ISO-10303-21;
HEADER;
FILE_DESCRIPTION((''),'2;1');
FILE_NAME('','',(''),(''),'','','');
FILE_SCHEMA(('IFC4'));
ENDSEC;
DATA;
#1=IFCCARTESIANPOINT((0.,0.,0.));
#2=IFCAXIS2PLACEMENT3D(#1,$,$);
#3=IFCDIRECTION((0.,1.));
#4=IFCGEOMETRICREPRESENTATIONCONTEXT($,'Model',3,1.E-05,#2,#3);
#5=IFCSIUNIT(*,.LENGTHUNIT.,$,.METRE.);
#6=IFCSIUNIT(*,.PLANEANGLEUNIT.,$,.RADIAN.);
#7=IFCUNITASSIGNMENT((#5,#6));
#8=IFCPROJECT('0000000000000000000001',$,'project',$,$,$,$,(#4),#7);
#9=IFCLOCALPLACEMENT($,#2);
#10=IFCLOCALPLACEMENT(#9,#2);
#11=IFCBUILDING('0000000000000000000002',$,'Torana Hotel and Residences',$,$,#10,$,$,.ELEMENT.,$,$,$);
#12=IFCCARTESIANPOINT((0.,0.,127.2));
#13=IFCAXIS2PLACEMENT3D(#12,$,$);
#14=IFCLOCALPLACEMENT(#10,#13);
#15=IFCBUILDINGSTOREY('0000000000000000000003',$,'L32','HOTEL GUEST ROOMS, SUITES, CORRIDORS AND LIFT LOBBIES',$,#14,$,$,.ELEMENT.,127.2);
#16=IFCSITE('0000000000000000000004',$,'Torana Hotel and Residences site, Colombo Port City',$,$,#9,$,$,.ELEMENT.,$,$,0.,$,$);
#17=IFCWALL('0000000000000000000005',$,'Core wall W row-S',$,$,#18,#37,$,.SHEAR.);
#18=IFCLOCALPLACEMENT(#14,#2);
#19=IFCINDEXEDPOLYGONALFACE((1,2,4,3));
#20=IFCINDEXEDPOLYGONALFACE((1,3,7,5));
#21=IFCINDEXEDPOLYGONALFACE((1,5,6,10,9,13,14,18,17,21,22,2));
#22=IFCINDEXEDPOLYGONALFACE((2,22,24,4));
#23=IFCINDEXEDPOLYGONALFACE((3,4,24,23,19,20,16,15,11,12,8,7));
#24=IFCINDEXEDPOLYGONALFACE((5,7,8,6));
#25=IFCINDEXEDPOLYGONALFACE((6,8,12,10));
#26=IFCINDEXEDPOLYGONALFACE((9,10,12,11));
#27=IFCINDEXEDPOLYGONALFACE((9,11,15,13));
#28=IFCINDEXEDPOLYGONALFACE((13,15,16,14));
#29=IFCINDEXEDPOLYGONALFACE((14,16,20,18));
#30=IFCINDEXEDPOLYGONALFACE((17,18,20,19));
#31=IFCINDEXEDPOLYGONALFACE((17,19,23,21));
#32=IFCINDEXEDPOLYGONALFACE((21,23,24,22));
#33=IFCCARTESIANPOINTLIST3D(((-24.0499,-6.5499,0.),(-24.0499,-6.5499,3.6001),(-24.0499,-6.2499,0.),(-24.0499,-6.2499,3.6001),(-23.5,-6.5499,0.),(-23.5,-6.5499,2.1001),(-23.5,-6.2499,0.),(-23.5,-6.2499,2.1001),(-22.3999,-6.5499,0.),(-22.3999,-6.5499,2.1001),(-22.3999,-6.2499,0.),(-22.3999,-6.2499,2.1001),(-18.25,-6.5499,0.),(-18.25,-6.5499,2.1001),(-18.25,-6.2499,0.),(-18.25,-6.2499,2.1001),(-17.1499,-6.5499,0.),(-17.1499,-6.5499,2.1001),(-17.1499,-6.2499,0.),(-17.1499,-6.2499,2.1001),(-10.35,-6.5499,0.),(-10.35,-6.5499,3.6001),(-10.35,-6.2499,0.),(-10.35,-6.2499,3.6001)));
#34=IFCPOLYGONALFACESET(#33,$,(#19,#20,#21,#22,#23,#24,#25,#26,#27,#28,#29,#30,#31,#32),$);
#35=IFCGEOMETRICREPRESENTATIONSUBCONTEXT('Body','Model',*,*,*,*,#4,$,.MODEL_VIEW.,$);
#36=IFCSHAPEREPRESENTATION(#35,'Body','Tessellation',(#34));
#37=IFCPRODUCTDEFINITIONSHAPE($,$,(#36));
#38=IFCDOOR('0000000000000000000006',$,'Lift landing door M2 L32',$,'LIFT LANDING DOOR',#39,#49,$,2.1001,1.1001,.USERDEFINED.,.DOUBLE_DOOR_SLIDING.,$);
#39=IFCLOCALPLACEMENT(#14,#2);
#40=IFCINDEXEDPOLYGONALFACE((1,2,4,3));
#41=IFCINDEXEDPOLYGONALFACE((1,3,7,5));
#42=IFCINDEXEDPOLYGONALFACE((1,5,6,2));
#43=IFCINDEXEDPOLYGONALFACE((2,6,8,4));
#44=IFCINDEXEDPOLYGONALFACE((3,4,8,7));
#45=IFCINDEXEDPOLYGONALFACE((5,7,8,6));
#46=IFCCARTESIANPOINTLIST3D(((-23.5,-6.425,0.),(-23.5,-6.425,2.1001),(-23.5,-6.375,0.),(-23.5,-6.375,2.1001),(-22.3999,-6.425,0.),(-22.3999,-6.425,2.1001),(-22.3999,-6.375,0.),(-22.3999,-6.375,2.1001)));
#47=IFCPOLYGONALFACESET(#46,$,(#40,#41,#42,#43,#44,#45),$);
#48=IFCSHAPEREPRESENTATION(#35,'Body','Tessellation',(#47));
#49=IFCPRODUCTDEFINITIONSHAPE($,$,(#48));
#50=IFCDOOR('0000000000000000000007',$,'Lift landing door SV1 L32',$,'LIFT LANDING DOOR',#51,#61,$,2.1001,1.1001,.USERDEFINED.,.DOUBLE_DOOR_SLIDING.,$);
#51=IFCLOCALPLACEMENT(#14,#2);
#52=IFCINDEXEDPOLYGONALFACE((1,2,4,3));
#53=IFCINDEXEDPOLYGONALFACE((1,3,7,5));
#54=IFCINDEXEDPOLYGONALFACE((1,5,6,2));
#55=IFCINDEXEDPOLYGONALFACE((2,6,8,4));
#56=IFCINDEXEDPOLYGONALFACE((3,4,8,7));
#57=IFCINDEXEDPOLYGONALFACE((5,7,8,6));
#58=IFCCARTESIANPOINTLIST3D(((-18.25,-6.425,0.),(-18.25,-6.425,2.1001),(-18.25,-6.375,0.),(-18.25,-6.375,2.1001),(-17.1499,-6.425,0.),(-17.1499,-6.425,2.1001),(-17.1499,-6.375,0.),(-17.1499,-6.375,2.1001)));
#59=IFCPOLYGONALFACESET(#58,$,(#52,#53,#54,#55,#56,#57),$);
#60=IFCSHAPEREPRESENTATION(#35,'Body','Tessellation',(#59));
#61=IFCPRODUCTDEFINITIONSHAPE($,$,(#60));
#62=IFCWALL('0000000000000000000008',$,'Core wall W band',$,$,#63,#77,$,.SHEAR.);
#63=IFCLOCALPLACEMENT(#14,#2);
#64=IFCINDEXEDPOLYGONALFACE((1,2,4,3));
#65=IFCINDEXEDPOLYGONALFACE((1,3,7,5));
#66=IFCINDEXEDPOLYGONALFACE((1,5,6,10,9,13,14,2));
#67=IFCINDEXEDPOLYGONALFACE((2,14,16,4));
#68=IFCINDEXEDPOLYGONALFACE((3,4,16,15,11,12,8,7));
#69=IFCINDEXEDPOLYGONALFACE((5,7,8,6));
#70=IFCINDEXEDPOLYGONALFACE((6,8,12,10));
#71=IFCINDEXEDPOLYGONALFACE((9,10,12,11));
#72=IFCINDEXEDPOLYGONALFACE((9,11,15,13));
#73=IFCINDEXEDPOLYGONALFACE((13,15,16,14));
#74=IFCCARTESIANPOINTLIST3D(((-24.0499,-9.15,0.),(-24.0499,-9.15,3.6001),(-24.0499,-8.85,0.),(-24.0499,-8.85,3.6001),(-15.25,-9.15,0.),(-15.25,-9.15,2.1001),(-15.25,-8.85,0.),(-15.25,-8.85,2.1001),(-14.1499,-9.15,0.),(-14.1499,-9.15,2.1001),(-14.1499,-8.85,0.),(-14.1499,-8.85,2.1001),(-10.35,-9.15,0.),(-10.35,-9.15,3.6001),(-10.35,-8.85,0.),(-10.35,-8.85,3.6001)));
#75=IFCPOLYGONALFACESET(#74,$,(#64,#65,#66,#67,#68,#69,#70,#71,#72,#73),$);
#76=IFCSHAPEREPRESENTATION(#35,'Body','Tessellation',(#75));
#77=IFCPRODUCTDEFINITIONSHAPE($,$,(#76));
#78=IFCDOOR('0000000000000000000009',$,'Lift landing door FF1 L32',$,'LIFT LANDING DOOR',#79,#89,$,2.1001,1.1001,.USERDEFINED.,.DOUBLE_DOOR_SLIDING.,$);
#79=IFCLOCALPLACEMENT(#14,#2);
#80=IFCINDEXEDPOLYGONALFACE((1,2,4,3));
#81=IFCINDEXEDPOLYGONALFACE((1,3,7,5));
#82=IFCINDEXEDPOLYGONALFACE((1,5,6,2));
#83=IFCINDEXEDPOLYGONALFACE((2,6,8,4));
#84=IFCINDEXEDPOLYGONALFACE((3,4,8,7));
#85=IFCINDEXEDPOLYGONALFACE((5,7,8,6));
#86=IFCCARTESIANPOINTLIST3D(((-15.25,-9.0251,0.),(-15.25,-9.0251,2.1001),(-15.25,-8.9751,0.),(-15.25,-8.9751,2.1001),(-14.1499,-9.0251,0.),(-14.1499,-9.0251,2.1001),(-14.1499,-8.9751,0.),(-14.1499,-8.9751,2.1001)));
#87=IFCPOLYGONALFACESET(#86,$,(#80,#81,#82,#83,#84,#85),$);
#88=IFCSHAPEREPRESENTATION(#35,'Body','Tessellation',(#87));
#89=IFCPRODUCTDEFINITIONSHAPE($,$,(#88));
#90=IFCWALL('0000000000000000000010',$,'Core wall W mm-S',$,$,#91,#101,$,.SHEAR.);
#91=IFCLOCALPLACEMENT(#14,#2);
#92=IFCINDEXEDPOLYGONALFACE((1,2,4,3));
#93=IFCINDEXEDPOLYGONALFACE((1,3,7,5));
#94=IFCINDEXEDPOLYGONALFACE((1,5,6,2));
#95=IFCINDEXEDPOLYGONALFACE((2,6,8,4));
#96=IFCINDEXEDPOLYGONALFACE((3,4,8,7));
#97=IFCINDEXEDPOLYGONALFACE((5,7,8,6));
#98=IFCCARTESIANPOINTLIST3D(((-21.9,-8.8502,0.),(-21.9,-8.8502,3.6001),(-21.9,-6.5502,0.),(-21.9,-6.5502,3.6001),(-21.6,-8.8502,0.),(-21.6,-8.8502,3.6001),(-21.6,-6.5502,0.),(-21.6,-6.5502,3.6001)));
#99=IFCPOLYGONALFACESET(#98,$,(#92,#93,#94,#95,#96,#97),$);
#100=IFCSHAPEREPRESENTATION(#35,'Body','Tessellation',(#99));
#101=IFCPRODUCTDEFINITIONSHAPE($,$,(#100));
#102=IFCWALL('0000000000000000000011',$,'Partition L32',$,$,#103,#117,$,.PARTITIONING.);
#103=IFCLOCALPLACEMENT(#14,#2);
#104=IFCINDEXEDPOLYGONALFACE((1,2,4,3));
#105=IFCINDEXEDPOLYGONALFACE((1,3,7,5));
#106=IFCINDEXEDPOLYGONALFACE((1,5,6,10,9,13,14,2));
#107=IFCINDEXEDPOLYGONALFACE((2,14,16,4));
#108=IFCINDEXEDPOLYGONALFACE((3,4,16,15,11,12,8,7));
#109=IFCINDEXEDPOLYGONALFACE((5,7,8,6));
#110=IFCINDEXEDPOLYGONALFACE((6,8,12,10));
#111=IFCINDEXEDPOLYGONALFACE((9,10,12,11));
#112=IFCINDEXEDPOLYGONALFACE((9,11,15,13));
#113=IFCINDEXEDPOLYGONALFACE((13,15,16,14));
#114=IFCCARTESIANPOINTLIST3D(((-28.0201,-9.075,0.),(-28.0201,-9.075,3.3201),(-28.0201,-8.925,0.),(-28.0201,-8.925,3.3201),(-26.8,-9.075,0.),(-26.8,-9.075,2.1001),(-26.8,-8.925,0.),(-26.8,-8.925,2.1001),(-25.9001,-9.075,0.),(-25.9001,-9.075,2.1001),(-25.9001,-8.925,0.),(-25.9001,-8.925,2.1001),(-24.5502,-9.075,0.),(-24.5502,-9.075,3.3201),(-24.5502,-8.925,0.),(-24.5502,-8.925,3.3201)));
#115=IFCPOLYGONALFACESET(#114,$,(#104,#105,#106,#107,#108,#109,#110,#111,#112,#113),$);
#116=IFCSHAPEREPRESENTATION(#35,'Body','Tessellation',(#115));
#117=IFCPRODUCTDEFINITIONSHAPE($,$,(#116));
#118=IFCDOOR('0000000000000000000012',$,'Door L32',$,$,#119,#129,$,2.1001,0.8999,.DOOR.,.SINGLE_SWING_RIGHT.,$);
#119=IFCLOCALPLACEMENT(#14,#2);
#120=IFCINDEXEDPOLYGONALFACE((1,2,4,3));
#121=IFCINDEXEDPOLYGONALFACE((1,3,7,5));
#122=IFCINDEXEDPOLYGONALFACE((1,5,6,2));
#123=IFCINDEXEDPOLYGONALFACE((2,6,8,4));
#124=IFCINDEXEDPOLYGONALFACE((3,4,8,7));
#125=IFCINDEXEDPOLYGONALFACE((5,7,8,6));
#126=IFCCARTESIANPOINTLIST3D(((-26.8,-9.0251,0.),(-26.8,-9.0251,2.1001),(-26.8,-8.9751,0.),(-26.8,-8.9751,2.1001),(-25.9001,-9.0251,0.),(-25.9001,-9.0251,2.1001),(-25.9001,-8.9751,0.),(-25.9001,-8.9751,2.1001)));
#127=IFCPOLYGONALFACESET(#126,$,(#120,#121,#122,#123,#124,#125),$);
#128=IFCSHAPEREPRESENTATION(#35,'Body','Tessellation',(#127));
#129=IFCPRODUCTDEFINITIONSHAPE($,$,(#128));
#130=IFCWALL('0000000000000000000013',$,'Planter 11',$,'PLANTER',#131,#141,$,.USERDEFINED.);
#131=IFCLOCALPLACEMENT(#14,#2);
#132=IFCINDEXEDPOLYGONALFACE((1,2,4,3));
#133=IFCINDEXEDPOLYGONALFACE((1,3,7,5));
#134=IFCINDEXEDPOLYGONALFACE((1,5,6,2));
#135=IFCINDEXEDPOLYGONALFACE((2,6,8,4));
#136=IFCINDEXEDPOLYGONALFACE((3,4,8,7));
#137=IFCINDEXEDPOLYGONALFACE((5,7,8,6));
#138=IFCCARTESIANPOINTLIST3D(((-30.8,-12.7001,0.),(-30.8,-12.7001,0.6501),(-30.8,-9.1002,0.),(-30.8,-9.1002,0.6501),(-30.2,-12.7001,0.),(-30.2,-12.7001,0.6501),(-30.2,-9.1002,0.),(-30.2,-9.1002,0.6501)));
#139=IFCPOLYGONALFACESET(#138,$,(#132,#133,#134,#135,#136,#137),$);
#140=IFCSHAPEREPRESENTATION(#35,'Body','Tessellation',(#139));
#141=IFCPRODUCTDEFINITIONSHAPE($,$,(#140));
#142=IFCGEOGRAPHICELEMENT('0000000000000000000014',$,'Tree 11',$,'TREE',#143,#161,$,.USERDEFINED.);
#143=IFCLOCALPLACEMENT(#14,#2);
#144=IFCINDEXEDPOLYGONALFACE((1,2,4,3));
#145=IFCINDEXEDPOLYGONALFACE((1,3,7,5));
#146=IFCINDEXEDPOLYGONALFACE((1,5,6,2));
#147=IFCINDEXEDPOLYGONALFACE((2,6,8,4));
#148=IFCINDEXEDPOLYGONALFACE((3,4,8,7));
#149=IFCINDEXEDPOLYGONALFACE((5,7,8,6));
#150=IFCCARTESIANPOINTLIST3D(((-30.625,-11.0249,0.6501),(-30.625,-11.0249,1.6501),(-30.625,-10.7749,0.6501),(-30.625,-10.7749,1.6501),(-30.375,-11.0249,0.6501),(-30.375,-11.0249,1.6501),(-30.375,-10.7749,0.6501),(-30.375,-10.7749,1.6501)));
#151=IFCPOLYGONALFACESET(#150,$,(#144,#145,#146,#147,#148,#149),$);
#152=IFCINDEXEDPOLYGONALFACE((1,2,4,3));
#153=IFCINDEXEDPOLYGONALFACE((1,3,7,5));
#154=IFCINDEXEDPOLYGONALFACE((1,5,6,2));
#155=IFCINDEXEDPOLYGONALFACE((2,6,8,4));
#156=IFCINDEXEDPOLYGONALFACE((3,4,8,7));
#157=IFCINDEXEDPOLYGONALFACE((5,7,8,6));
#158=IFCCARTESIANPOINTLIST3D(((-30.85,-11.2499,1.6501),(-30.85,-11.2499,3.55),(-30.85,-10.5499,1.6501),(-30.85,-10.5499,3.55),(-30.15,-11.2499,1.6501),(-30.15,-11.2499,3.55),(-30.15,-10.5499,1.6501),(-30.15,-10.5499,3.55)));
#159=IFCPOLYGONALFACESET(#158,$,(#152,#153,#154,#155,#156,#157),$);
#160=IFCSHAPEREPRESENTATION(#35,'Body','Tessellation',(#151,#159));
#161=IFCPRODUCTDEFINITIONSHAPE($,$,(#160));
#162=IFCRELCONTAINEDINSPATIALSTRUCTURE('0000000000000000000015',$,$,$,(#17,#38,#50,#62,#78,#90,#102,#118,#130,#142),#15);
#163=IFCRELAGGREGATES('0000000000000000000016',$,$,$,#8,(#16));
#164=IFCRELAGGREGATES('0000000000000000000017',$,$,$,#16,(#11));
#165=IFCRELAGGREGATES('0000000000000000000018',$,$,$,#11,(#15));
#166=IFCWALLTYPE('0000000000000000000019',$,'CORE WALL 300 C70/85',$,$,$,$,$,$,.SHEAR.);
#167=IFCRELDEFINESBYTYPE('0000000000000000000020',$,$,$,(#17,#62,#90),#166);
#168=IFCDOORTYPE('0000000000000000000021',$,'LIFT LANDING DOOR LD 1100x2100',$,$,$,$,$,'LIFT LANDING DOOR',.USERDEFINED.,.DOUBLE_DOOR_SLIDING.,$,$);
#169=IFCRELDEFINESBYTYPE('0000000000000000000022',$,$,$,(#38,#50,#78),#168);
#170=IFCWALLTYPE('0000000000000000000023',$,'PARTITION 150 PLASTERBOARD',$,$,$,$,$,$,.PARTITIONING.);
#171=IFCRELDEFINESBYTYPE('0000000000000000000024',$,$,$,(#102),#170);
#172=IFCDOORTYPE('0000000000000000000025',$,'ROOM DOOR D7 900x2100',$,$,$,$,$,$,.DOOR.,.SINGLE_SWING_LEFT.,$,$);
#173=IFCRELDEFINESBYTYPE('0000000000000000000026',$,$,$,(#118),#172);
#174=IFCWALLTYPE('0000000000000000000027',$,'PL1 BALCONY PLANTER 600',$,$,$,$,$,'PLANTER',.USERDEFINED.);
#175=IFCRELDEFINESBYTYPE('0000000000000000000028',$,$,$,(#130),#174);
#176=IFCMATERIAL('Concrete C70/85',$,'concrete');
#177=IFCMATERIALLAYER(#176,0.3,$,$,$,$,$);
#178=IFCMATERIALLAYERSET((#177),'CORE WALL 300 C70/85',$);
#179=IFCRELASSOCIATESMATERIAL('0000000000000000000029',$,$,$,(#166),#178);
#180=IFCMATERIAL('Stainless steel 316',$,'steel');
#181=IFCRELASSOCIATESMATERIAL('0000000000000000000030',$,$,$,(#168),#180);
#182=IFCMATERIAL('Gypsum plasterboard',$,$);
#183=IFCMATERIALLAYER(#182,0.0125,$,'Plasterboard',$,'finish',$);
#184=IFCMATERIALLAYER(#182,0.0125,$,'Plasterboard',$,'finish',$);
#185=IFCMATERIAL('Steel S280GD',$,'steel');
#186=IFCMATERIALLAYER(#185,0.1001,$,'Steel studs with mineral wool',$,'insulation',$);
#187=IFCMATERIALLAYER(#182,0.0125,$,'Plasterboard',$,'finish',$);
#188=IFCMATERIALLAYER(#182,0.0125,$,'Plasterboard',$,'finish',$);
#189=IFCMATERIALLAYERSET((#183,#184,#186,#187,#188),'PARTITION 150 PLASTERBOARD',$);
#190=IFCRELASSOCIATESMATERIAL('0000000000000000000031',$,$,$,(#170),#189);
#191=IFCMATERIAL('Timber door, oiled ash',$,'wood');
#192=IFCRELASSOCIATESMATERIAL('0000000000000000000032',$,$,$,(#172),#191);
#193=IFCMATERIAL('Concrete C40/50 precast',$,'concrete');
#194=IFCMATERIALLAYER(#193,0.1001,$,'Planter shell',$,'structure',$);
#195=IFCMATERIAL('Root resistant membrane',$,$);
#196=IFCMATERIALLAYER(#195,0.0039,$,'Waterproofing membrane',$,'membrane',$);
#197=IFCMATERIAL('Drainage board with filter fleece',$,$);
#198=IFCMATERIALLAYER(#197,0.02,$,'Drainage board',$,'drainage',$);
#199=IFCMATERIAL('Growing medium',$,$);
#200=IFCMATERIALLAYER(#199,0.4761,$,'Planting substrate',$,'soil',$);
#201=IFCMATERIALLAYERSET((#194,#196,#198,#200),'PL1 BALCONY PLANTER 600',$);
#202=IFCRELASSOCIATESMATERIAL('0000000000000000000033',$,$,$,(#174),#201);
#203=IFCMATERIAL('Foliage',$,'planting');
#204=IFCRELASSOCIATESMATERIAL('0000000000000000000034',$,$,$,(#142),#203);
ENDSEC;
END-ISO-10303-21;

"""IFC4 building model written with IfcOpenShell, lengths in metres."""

from ifc_helpers import new_model, si_unit, direction, frame, frame_2d, origin, origin_2d, place, context, subcontext, project, spatial, rectangle, extrude, material, layer, layer_set, type_object, element, fill, save


model = new_model("IFC4")

# Units and contexts
model_context = context("Model", 3, precision=1e-05, world=origin(), true_north=direction((0.0, 1.0)))
body_context = subcontext(model_context, "Body", "Model", "MODEL_VIEW")
ifc_project = project(units=[si_unit("LENGTHUNIT", "METRE"), si_unit("PLANEANGLEUNIT", "RADIAN")], contexts=[model_context])

# Site, building, storey
site_placement = place(None, origin())
site = spatial("IfcSite", under=ifc_project, at=site_placement, Name="Torana Hotel and Residences site, Colombo Port City", CompositionType="ELEMENT", RefElevation=0.0)
building_placement = place(site_placement, origin())
building = spatial("IfcBuilding", under=site, at=building_placement, Name="Torana Hotel and Residences", CompositionType="ELEMENT")
storey_placement = place(building_placement, frame((0.0, 0.0, 127.2)))
storey = spatial("IfcBuildingStorey", under=building, at=storey_placement, Name="L32", Description="HOTEL GUEST ROOMS, SUITES, CORRIDORS AND LIFT LOBBIES", CompositionType="ELEMENT", Elevation=127.2)

# Wall, openings, doors
ifc_material_1 = material(Name="Concrete C70/85", Category="concrete")
ifc_layer_1 = layer(ifc_material_1, 0.3)
ifc_layer_set_1 = layer_set([ifc_layer_1], Name="CORE WALL 300 C70/85")
wall_type_1 = type_object("IfcWallType", Name="CORE WALL 300 C70/85", PredefinedType="SHEAR", material=ifc_layer_set_1)
wall_1_placement = place(storey_placement, frame((-24.05, -6.3999, 0.0), z_axis=(0.0, 0.0, 1.0), x_axis=(1.0, 0.0, 0.0)))
wall_1 = element("IfcWall", 1, at=wall_1_placement, inside=storey, type_object=wall_type_1, Name="Core wall W row-S", PredefinedType="SHEAR", context=body_context, shape_type="SweptSolid", body=[
    extrude(rectangle(XDim=13.7, YDim=0.3, at=frame_2d((6.8501, 0.0))), origin(), (0.0, 0.0, 1.0), 3.6001),
])
opening_1_placement = place(wall_1_placement, frame((0.55, 0.0, 0.0)))
opening_1 = element("IfcOpeningElement", 2, at=opening_1_placement, cuts=wall_1, PredefinedType="OPENING", context=body_context, shape_type="SweptSolid", body=[
    extrude(rectangle(XDim=1.1001, YDim=2.1001, at=frame_2d((0.55, 1.05))), frame((0.0, 0.1599, 0.0), z_axis=(0.0, -1.0, 0.0), x_axis=(1.0, 0.0, 0.0)), (0.0, 0.0, 1.0), 0.3201),
])
opening_2_placement = place(wall_1_placement, frame((5.8, 0.0, 0.0)))
opening_2 = element("IfcOpeningElement", 3, at=opening_2_placement, cuts=wall_1, PredefinedType="OPENING", context=body_context, shape_type="SweptSolid", body=[
    extrude(rectangle(XDim=1.1001, YDim=2.1001, at=frame_2d((0.55, 1.05))), frame((0.0, 0.1599, 0.0), z_axis=(0.0, -1.0, 0.0), x_axis=(1.0, 0.0, 0.0)), (0.0, 0.0, 1.0), 0.3201),
])
ifc_material_2 = material(Name="Stainless steel 316", Category="steel")
door_type_1 = type_object("IfcDoorType", Name="LIFT LANDING DOOR LD 1100x2100", ElementType="LIFT LANDING DOOR", OperationType="DOUBLE_DOOR_SLIDING", PredefinedType="USERDEFINED", material=ifc_material_2)
door_1_placement = place(opening_1_placement, origin())
door_1 = element("IfcDoor", 4, at=door_1_placement, inside=storey, type_object=door_type_1, Name="Lift landing door M2 L32", ObjectType="LIFT LANDING DOOR", OperationType="DOUBLE_DOOR_SLIDING", OverallHeight=2.1001, OverallWidth=1.1001, PredefinedType="USERDEFINED", context=body_context, shape_type="SweptSolid", body=[
    extrude(rectangle(XDim=1.1001, YDim=2.1001, at=frame_2d((0.55, 1.05))), frame((0.0, 0.0249, 0.0), z_axis=(0.0, -1.0, 0.0), x_axis=(1.0, 0.0, 0.0)), (0.0, 0.0, 1.0), 0.05),
])
fill(opening_1, door_1)
door_2_placement = place(opening_2_placement, origin())
door_2 = element("IfcDoor", 5, at=door_2_placement, inside=storey, type_object=door_type_1, Name="Lift landing door SV1 L32", ObjectType="LIFT LANDING DOOR", OperationType="DOUBLE_DOOR_SLIDING", OverallHeight=2.1001, OverallWidth=1.1001, PredefinedType="USERDEFINED", context=body_context, shape_type="SweptSolid", body=[
    extrude(rectangle(XDim=1.1001, YDim=2.1001, at=frame_2d((0.55, 1.05))), frame((0.0, 0.0249, 0.0), z_axis=(0.0, -1.0, 0.0), x_axis=(1.0, 0.0, 0.0)), (0.0, 0.0, 1.0), 0.05),
])
fill(opening_2, door_2)

# Wall, opening, door
wall_2_placement = place(storey_placement, frame((-24.05, -9.0, 0.0), z_axis=(0.0, 0.0, 1.0), x_axis=(1.0, 0.0, 0.0)))
wall_2 = element("IfcWall", 6, at=wall_2_placement, inside=storey, type_object=wall_type_1, Name="Core wall W band", PredefinedType="SHEAR", context=body_context, shape_type="SweptSolid", body=[
    extrude(rectangle(XDim=13.7, YDim=0.3, at=frame_2d((6.8501, 0.0))), origin(), (0.0, 0.0, 1.0), 3.6001),
])
opening_3_placement = place(wall_2_placement, frame((8.8, 0.0, 0.0)))
opening_3 = element("IfcOpeningElement", 7, at=opening_3_placement, cuts=wall_2, PredefinedType="OPENING", context=body_context, shape_type="SweptSolid", body=[
    extrude(rectangle(XDim=1.1001, YDim=2.1001, at=frame_2d((0.55, 1.05))), frame((0.0, 0.1599, 0.0), z_axis=(0.0, -1.0, 0.0), x_axis=(1.0, 0.0, 0.0)), (0.0, 0.0, 1.0), 0.3201),
])
door_3_placement = place(opening_3_placement, origin())
door_3 = element("IfcDoor", 8, at=door_3_placement, inside=storey, type_object=door_type_1, Name="Lift landing door FF1 L32", ObjectType="LIFT LANDING DOOR", OperationType="DOUBLE_DOOR_SLIDING", OverallHeight=2.1001, OverallWidth=1.1001, PredefinedType="USERDEFINED", context=body_context, shape_type="SweptSolid", body=[
    extrude(rectangle(XDim=1.1001, YDim=2.1001, at=frame_2d((0.55, 1.05))), frame((0.0, 0.0249, 0.0), z_axis=(0.0, -1.0, 0.0), x_axis=(1.0, 0.0, 0.0)), (0.0, 0.0, 1.0), 0.05),
])
fill(opening_3, door_3)

# Wall
wall_3_placement = place(storey_placement, frame((-21.75, -8.8501, 0.0), z_axis=(0.0, 0.0, 1.0), x_axis=(0.0, 1.0, 0.0)))
element("IfcWall", 9, at=wall_3_placement, inside=storey, type_object=wall_type_1, Name="Core wall W mm-S", PredefinedType="SHEAR", context=body_context, shape_type="SweptSolid", body=[
    extrude(rectangle(XDim=2.3, YDim=0.3, at=frame_2d((1.1499, 0.0))), origin(), (0.0, 0.0, 1.0), 3.6001),
])

# Shared definitions
ifc_material_3 = material(Name="Steel S280GD", Category="steel")

# Wall, opening, door
ifc_material_4 = material(Name="Gypsum plasterboard")
ifc_layer_2 = layer(ifc_material_4, 0.0125, Name="Plasterboard", Category="finish")
ifc_layer_3 = layer(ifc_material_4, 0.0125, Name="Plasterboard", Category="finish")
ifc_layer_4 = layer(ifc_material_3, 0.1001, Name="Steel studs with mineral wool", Category="insulation")
ifc_layer_5 = layer(ifc_material_4, 0.0125, Name="Plasterboard", Category="finish")
ifc_layer_6 = layer(ifc_material_4, 0.0125, Name="Plasterboard", Category="finish")
ifc_layer_set_2 = layer_set([ifc_layer_2, ifc_layer_3, ifc_layer_4, ifc_layer_5, ifc_layer_6], Name="PARTITION 150 PLASTERBOARD")
wall_type_2 = type_object("IfcWallType", Name="PARTITION 150 PLASTERBOARD", PredefinedType="PARTITIONING", material=ifc_layer_set_2)
wall_4_placement = place(storey_placement, frame((-28.02, -9.0, 0.0), z_axis=(0.0, 0.0, 1.0), x_axis=(1.0, 0.0, 0.0)))
wall_4 = element("IfcWall", 10, at=wall_4_placement, inside=storey, type_object=wall_type_2, Name="Partition L32", PredefinedType="PARTITIONING", context=body_context, shape_type="SweptSolid", body=[
    extrude(rectangle(XDim=3.47, YDim=0.1499, at=frame_2d((1.7349, 0.0))), origin(), (0.0, 0.0, 1.0), 3.3201),
])
opening_4_placement = place(wall_4_placement, frame((1.22, 0.0, 0.0)))
opening_4 = element("IfcOpeningElement", 11, at=opening_4_placement, cuts=wall_4, PredefinedType="OPENING", context=body_context, shape_type="SweptSolid", body=[
    extrude(rectangle(XDim=0.8999, YDim=2.1001, at=frame_2d((0.45, 1.05))), frame((0.0, 0.085, 0.0), z_axis=(0.0, -1.0, 0.0), x_axis=(1.0, 0.0, 0.0)), (0.0, 0.0, 1.0), 0.1699),
])
ifc_material_5 = material(Name="Timber door, oiled ash", Category="wood")
door_type_2 = type_object("IfcDoorType", Name="ROOM DOOR D7 900x2100", OperationType="SINGLE_SWING_LEFT", PredefinedType="DOOR", material=ifc_material_5)
door_4_placement = place(opening_4_placement, origin())
door_4 = element("IfcDoor", 12, at=door_4_placement, inside=storey, type_object=door_type_2, Name="Door L32", OperationType="SINGLE_SWING_RIGHT", OverallHeight=2.1001, OverallWidth=0.8999, PredefinedType="DOOR", context=body_context, shape_type="SweptSolid", body=[
    extrude(rectangle(XDim=0.8999, YDim=2.1001, at=frame_2d((0.45, 1.05))), frame((0.0, 0.0249, 0.0), z_axis=(0.0, -1.0, 0.0), x_axis=(1.0, 0.0, 0.0)), (0.0, 0.0, 1.0), 0.05),
])
fill(opening_4, door_4)

# Wall
ifc_material_6 = material(Name="Concrete C40/50 precast", Category="concrete")
ifc_layer_7 = layer(ifc_material_6, 0.1001, Name="Planter shell", Category="structure")
ifc_material_7 = material(Name="Root resistant membrane")
ifc_layer_8 = layer(ifc_material_7, 0.0039, Name="Waterproofing membrane", Category="membrane")
ifc_material_8 = material(Name="Drainage board with filter fleece")
ifc_layer_9 = layer(ifc_material_8, 0.02, Name="Drainage board", Category="drainage")
ifc_material_9 = material(Name="Growing medium")
ifc_layer_10 = layer(ifc_material_9, 0.4761, Name="Planting substrate", Category="soil")
ifc_layer_set_3 = layer_set([ifc_layer_7, ifc_layer_8, ifc_layer_9, ifc_layer_10], Name="PL1 BALCONY PLANTER 600")
wall_type_3 = type_object("IfcWallType", Name="PL1 BALCONY PLANTER 600", ElementType="PLANTER", PredefinedType="USERDEFINED", material=ifc_layer_set_3)
wall_5_placement = place(storey_placement, frame((-30.5, -12.7, 0.0), z_axis=(0.0, 0.0, 1.0), x_axis=(0.0, 1.0, 0.0)))
element("IfcWall", 13, at=wall_5_placement, inside=storey, type_object=wall_type_3, Name="Planter 11", ObjectType="PLANTER", PredefinedType="USERDEFINED", context=body_context, shape_type="SweptSolid", body=[
    extrude(rectangle(XDim=3.5999, YDim=0.6001, at=frame_2d((1.7998, 0.0))), origin(), (0.0, 0.0, 1.0), 0.6501),
])

# Geographic element
ifc_material_10 = material(Name="Foliage", Category="planting")
geographic_element_placement = place(storey_placement, frame((-30.5, -10.8999, 0.6501), z_axis=(0.0, 0.0, 1.0), x_axis=(1.0, 0.0, 0.0)))
element("IfcGeographicElement", 14, at=geographic_element_placement, inside=storey, material=ifc_material_10, Name="Tree 11", ObjectType="TREE", PredefinedType="USERDEFINED", context=body_context, shape_type="SweptSolid", body=[
    extrude(rectangle(XDim=0.25, YDim=0.25, at=origin_2d()), origin(), (0.0, 0.0, 1.0), 1.0),
    extrude(rectangle(XDim=0.7, YDim=0.7, at=origin_2d()), frame((0.0, 0.0, 1.0)), (0.0, 0.0, 1.0), 1.8999),
])

save(model, "model.ifc")
